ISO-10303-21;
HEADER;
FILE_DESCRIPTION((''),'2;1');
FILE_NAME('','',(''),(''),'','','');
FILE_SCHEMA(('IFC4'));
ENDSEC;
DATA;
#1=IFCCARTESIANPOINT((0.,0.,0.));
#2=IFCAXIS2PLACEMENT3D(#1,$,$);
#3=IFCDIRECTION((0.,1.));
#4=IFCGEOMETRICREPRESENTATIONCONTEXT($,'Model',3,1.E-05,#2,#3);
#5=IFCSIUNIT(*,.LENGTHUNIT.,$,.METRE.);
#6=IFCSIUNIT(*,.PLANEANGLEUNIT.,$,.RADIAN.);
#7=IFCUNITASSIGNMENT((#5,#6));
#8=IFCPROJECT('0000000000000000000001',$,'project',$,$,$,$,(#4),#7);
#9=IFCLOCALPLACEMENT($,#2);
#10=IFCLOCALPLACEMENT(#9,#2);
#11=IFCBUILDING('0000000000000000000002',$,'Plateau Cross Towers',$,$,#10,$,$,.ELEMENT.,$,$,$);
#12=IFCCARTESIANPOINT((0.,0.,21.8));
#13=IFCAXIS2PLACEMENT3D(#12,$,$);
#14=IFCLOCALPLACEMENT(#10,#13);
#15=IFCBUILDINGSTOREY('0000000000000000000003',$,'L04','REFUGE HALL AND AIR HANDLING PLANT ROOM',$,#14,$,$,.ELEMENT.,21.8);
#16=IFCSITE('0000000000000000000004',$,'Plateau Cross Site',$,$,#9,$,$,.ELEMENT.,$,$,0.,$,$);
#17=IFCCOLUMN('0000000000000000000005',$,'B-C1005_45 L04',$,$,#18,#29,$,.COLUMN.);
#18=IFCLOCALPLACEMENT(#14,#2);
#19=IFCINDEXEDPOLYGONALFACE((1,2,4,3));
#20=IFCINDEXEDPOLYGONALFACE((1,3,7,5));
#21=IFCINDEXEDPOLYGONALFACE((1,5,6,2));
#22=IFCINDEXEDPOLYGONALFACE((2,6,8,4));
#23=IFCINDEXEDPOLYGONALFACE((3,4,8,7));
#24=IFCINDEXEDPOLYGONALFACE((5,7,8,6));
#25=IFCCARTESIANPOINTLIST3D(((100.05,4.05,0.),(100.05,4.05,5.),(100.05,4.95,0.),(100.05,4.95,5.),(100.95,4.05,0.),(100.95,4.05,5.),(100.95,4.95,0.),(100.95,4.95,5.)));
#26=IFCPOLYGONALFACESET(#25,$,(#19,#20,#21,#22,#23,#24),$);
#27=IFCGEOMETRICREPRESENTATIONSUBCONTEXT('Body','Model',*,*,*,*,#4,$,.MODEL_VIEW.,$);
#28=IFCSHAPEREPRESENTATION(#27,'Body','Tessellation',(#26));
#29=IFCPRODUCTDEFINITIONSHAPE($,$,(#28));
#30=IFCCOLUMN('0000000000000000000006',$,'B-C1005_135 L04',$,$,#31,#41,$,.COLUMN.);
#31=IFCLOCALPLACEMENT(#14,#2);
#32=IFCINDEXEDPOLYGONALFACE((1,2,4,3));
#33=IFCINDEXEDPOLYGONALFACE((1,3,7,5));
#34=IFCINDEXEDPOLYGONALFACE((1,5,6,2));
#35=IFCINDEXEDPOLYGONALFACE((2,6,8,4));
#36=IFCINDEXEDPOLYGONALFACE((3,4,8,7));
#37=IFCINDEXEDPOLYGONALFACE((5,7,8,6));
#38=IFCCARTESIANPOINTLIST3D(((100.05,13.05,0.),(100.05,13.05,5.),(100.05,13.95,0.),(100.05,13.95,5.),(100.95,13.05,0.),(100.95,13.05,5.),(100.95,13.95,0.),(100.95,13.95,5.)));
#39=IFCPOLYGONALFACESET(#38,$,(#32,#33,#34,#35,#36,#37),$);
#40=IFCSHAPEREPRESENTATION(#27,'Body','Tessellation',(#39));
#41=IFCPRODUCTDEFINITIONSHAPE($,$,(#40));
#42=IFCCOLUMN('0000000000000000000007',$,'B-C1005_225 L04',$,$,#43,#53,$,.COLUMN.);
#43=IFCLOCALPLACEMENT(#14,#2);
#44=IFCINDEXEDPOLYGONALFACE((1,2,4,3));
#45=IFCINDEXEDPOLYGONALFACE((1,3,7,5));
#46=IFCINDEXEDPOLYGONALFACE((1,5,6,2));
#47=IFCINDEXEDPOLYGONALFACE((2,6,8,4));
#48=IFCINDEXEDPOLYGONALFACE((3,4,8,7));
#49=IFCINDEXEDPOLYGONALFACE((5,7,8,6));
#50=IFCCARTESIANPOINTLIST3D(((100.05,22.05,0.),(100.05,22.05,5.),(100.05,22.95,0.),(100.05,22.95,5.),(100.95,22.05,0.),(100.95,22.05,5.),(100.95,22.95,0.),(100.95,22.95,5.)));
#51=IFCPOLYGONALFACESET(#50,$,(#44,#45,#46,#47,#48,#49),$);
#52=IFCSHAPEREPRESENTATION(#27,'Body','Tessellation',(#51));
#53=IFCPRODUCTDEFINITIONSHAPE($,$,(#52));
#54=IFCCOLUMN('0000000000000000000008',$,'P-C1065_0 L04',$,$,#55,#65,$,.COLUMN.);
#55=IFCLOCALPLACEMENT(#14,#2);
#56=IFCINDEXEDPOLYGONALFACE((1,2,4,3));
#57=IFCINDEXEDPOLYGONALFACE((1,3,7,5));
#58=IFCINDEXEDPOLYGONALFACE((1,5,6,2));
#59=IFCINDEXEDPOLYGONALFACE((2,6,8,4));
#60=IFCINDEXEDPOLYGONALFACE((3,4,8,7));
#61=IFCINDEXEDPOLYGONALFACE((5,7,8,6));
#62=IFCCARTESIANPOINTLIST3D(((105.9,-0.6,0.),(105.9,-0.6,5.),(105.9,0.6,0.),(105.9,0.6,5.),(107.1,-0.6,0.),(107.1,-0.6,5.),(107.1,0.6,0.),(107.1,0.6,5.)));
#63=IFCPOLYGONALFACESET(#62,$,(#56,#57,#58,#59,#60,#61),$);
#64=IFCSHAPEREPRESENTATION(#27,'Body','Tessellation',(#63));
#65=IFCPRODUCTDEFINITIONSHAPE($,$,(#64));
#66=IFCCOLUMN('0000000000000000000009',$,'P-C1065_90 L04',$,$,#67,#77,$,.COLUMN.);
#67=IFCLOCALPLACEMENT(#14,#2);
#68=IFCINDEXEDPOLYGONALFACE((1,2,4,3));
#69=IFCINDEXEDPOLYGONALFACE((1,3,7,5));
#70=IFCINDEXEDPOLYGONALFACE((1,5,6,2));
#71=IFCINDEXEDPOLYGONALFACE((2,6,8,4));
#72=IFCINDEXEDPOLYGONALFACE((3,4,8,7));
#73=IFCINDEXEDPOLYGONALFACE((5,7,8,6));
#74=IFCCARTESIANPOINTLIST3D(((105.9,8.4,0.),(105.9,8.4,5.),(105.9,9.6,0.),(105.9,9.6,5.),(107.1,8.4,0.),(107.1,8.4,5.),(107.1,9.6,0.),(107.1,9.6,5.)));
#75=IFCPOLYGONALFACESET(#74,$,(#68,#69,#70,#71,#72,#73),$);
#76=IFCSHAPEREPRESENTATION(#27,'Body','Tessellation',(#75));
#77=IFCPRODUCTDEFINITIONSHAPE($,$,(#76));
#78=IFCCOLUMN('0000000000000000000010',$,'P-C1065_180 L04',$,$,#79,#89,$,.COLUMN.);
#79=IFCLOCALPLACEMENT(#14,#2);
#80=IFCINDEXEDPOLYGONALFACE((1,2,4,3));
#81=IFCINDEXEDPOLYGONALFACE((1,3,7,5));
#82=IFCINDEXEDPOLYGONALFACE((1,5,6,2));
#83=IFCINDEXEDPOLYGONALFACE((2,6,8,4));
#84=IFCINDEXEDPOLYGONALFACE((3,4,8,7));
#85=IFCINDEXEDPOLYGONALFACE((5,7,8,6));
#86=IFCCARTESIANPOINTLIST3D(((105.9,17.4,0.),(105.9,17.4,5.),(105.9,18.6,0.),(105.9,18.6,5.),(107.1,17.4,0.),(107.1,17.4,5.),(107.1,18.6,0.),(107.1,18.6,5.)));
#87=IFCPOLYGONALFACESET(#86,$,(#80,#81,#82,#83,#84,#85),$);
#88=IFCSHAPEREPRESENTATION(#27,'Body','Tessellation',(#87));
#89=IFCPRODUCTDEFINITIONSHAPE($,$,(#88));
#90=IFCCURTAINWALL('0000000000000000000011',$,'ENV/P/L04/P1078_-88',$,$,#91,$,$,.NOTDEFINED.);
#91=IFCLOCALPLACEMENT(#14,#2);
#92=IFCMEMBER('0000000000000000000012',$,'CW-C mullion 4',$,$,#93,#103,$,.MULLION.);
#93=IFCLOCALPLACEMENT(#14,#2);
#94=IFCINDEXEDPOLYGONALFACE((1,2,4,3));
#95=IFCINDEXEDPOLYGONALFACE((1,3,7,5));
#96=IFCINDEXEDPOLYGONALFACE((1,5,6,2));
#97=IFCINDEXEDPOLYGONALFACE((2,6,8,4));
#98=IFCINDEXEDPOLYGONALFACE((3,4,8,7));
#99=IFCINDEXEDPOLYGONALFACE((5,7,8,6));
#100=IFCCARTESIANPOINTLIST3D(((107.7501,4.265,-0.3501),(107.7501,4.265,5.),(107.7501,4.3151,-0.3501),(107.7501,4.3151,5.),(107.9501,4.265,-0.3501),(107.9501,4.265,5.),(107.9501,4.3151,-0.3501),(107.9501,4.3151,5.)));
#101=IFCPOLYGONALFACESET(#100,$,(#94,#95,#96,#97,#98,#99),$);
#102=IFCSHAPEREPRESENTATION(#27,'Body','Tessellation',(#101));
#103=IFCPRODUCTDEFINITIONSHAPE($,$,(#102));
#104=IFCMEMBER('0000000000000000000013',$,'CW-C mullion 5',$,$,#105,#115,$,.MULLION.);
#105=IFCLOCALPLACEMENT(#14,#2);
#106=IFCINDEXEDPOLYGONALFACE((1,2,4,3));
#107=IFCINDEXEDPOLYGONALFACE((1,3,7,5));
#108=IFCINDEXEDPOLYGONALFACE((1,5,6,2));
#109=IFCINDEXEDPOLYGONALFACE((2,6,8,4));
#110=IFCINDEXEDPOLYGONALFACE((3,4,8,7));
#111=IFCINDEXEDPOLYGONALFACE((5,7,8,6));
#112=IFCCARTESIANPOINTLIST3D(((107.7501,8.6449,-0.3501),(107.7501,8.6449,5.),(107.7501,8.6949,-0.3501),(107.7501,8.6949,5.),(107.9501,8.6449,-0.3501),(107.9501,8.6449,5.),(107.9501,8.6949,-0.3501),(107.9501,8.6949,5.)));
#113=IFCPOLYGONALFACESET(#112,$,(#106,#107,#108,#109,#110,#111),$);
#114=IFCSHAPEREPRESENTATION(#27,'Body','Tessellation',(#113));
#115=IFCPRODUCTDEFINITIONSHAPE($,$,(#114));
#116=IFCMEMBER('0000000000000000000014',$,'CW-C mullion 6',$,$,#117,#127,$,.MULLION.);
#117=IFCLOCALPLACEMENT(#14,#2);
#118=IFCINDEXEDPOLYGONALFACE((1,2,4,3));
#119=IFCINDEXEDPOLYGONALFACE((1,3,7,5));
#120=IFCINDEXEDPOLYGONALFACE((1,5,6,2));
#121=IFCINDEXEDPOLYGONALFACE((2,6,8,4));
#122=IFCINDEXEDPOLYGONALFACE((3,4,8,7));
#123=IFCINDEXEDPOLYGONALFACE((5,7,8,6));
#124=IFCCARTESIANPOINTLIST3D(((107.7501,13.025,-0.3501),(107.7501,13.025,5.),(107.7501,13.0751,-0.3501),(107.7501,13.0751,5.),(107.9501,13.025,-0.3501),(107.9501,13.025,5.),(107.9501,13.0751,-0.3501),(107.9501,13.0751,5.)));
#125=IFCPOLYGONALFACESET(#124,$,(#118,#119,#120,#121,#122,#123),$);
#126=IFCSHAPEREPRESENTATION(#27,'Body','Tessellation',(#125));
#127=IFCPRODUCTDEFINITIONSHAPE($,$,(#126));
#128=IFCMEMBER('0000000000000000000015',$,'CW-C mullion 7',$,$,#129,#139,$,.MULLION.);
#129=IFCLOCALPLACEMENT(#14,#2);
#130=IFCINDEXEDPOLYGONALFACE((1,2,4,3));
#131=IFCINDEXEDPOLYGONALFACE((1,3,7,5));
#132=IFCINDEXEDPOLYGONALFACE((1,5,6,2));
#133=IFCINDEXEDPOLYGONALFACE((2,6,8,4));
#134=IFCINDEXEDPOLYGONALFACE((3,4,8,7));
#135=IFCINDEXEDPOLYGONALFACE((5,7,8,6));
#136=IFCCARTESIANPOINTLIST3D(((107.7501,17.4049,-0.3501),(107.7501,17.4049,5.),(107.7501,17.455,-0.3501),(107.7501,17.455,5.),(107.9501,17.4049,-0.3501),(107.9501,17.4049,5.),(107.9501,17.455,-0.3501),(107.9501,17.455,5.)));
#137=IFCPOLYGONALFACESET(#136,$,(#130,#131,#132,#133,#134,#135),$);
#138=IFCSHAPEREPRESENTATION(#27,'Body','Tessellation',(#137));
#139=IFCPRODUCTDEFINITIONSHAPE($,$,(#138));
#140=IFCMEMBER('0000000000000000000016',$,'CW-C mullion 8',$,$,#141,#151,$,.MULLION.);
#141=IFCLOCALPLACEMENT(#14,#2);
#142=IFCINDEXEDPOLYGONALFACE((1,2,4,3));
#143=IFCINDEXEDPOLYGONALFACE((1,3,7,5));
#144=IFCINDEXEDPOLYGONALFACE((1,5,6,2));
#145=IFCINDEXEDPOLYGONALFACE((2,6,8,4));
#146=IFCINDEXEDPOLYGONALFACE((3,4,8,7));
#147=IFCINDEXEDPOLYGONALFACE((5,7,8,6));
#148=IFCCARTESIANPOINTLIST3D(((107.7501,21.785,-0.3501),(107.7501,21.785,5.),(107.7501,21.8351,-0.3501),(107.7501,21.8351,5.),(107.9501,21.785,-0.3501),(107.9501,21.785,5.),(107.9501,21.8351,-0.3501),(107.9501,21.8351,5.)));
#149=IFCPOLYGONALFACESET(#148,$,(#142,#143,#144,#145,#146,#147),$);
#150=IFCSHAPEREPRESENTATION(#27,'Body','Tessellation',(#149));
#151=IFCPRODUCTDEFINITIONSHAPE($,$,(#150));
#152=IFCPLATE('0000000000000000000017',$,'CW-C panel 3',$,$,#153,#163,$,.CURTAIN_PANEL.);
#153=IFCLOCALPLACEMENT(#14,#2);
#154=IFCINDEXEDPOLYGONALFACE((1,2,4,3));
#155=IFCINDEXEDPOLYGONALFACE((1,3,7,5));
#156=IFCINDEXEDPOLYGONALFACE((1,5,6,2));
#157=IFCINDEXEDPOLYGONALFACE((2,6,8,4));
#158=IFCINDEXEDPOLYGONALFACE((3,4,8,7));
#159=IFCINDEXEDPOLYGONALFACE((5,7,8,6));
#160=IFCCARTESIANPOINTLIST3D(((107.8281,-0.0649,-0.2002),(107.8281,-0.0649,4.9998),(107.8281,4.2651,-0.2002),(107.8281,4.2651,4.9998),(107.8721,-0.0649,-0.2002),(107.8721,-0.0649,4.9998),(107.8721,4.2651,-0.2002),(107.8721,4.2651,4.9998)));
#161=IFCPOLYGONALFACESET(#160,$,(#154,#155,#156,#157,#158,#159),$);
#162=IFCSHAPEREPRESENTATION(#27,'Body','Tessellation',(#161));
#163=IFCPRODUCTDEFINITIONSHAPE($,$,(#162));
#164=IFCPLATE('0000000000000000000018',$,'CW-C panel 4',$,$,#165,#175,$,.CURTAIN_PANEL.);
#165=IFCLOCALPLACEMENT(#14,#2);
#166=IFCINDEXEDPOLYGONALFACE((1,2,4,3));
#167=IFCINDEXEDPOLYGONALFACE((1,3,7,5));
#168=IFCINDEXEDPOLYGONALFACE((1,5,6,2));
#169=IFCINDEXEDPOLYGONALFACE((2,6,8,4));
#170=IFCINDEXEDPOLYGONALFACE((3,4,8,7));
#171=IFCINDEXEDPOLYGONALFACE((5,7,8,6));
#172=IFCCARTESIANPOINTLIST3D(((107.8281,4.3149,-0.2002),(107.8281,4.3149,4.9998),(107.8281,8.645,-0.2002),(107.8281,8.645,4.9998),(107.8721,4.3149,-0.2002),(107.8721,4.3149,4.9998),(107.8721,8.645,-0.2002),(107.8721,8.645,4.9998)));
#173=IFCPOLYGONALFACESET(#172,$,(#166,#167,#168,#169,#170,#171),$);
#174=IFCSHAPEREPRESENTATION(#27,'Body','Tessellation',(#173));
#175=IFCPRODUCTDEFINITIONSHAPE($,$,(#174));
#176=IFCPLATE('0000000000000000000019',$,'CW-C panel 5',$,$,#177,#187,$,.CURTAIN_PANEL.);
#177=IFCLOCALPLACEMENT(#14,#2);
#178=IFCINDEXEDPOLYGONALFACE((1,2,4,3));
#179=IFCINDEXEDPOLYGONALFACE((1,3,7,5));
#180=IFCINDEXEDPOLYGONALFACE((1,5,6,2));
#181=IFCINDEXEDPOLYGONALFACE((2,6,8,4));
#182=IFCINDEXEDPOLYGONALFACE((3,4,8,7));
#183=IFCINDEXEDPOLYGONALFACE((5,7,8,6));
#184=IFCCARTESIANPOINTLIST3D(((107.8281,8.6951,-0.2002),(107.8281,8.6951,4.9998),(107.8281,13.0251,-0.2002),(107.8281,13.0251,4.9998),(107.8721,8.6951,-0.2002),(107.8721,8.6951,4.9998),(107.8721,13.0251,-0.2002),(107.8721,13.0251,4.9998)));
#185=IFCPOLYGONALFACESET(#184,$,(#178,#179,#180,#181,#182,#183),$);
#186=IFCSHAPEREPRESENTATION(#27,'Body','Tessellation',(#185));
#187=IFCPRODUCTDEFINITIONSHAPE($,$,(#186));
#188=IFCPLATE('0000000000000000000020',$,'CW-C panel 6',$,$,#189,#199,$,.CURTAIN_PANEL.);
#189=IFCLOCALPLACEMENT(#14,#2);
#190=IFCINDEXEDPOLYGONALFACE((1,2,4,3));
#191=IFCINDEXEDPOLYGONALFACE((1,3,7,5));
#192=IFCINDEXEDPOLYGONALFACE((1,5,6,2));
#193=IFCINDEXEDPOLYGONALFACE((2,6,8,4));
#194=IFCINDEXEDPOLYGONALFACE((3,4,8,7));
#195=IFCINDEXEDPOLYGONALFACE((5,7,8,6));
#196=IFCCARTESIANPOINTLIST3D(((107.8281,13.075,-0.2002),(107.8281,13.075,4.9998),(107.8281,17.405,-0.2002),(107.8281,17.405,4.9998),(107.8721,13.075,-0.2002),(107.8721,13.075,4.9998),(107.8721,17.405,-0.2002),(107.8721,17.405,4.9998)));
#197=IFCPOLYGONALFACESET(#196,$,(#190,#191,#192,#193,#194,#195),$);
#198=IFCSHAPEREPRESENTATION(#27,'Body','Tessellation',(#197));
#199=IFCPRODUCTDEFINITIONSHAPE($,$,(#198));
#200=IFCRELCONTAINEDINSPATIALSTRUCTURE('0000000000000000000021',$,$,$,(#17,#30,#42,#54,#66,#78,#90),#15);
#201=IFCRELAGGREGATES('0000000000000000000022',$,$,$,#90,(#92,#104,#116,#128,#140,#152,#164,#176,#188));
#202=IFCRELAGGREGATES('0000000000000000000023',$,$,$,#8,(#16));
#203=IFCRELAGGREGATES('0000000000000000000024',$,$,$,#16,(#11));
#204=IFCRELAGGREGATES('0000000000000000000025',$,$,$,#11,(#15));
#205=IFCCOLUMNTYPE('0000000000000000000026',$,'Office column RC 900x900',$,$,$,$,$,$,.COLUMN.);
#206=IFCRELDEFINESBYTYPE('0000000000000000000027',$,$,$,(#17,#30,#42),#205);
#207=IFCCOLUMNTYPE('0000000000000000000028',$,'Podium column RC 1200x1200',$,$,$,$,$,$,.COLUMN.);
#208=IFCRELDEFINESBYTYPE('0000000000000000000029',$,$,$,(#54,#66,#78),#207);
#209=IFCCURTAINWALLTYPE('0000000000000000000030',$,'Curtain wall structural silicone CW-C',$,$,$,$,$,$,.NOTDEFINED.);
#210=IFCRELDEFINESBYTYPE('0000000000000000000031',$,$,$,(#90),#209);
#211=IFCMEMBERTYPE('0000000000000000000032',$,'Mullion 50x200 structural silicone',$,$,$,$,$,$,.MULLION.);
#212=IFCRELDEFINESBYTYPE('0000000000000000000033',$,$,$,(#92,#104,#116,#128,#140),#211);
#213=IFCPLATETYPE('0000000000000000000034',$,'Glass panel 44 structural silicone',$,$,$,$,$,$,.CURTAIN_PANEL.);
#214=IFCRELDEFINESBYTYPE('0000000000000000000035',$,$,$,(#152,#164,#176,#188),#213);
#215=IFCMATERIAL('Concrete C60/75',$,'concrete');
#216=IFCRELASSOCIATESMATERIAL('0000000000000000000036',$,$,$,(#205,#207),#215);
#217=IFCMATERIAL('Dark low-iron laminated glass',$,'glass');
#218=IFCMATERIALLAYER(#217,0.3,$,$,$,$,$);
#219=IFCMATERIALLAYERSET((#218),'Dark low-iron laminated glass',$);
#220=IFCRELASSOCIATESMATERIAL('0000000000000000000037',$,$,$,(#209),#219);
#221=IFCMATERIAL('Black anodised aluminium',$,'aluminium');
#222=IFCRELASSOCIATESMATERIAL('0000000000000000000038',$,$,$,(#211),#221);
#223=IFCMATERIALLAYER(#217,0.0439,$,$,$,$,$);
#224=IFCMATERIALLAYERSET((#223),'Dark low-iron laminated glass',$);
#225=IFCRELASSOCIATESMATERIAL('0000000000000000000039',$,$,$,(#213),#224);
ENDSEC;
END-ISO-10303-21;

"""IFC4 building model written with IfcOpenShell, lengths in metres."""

from ifc_helpers import new_model, si_unit, direction, frame, origin, origin_2d, place, context, subcontext, project, spatial, rectangle, extrude, material, layer, layer_set, material_profile, profile_set, type_object, element, aggregate, save


model = new_model("IFC4")

# Units and contexts
model_context = context("Model", 3, precision=1e-05, world=origin(), true_north=direction((0.0, 1.0)))
body_context = subcontext(model_context, "Body", "Model", "MODEL_VIEW")
ifc_project = project(units=[si_unit("LENGTHUNIT", "METRE"), si_unit("PLANEANGLEUNIT", "RADIAN")], contexts=[model_context])

# Site, building, storey
site_placement = place(None, origin())
site = spatial("IfcSite", under=ifc_project, at=site_placement, Name="Plateau Cross Site", CompositionType="ELEMENT", RefElevation=0.0)
building_placement = place(site_placement, origin())
building = spatial("IfcBuilding", under=site, at=building_placement, Name="Plateau Cross Towers", CompositionType="ELEMENT")
storey_placement = place(building_placement, frame((0.0, 0.0, 21.8)))
storey = spatial("IfcBuildingStorey", under=building, at=storey_placement, Name="L04", Description="REFUGE HALL AND AIR HANDLING PLANT ROOM", CompositionType="ELEMENT", Elevation=21.8)

# Columns
ifc_material_1 = material(Name="Concrete C60/75", Category="concrete")
ifc_material_profile_1 = material_profile(ifc_material_1, rectangle(XDim=0.8999, YDim=0.8999, at=origin_2d()), Name="RC 900x900")
ifc_profile_set_1 = profile_set([ifc_material_profile_1], Name="Concrete C60/75")
column_type_1 = type_object("IfcColumnType", Name="Office column RC 900x900", PredefinedType="COLUMN", material=ifc_profile_set_1)
for number, where, z_axis, x_axis, name in (
    (1, (100.5, 4.5, 0.0), (0.0, 0.0, 1.0), (1.0, 0.0, 0.0), "B-C1005_45 L04"),
    (2, (100.5, 13.5, 0.0), (0.0, 0.0, 1.0), (1.0, 0.0, 0.0), "B-C1005_135 L04"),
    (3, (100.5, 22.5, 0.0), (0.0, 0.0, 1.0), (1.0, 0.0, 0.0), "B-C1005_225 L04"),
):
    element("IfcColumn", number, at=place(storey_placement, frame(where, z_axis=z_axis, x_axis=x_axis)), inside=storey, type_object=column_type_1, Name=name, PredefinedType="COLUMN", context=body_context, shape_type="SweptSolid", body=[
        extrude(rectangle(XDim=0.8999, YDim=0.8999, at=origin_2d()), origin(), (0.0, 0.0, 1.0), 5.0),
    ])
ifc_material_profile_2 = material_profile(ifc_material_1, rectangle(XDim=1.2, YDim=1.2, at=origin_2d()), Name="RC 1200x1200")
ifc_profile_set_2 = profile_set([ifc_material_profile_2], Name="Concrete C60/75")
column_type_2 = type_object("IfcColumnType", Name="Podium column RC 1200x1200", PredefinedType="COLUMN", material=ifc_profile_set_2)
for number, where, z_axis, x_axis, name in (
    (4, (106.5, 0.0, 0.0), (0.0, 0.0, 1.0), (1.0, 0.0, 0.0), "P-C1065_0 L04"),
    (5, (106.5, 9.0, 0.0), (0.0, 0.0, 1.0), (1.0, 0.0, 0.0), "P-C1065_90 L04"),
    (6, (106.5, 18.0, 0.0), (0.0, 0.0, 1.0), (1.0, 0.0, 0.0), "P-C1065_180 L04"),
):
    element("IfcColumn", number, at=place(storey_placement, frame(where, z_axis=z_axis, x_axis=x_axis)), inside=storey, type_object=column_type_2, Name=name, PredefinedType="COLUMN", context=body_context, shape_type="SweptSolid", body=[
        extrude(rectangle(XDim=1.2, YDim=1.2, at=origin_2d()), origin(), (0.0, 0.0, 1.0), 5.0),
    ])

# Curtain wall, members, plates
ifc_material_2 = material(Name="Dark low-iron laminated glass", Category="glass")
ifc_layer_1 = layer(ifc_material_2, 0.3)
ifc_layer_set_1 = layer_set([ifc_layer_1], Name="Dark low-iron laminated glass")
curtain_wall_type = type_object("IfcCurtainWallType", Name="Curtain wall structural silicone CW-C", PredefinedType="NOTDEFINED", material=ifc_layer_set_1)
curtain_wall_placement = place(storey_placement, origin())
curtain_wall = element("IfcCurtainWall", 7, at=curtain_wall_placement, inside=storey, type_object=curtain_wall_type, Name="ENV/P/L04/P1078_-88", PredefinedType="NOTDEFINED")
ifc_material_3 = material(Name="Black anodised aluminium", Category="aluminium")
ifc_material_profile_3 = material_profile(ifc_material_3, rectangle(XDim=0.05, YDim=0.2, at=origin_2d()), Name="MULLION 50x200")
ifc_profile_set_3 = profile_set([ifc_material_profile_3], Name="Black anodised aluminium")
member_type = type_object("IfcMemberType", Name="Mullion 50x200 structural silicone", PredefinedType="MULLION", material=ifc_profile_set_3)
member_1_placement = place(storey_placement, frame((107.8501, 4.29, -0.3501), z_axis=(0.0, 0.0, 1.0), x_axis=(0.0, 1.0, 0.0)))
member_1 = element("IfcMember", 8, at=member_1_placement, type_object=member_type, Name="CW-C mullion 4", PredefinedType="MULLION", context=body_context, shape_type="SweptSolid", body=[
    extrude(rectangle(XDim=0.05, YDim=0.2, at=origin_2d()), origin(), (0.0, 0.0, 1.0), 5.3501),
])
member_2_placement = place(storey_placement, frame((107.8501, 8.6699, -0.3501), z_axis=(0.0, 0.0, 1.0), x_axis=(0.0, 1.0, 0.0)))
member_2 = element("IfcMember", 9, at=member_2_placement, type_object=member_type, Name="CW-C mullion 5", PredefinedType="MULLION", context=body_context, shape_type="SweptSolid", body=[
    extrude(rectangle(XDim=0.05, YDim=0.2, at=origin_2d()), origin(), (0.0, 0.0, 1.0), 5.3501),
])
member_3_placement = place(storey_placement, frame((107.8501, 13.05, -0.3501), z_axis=(0.0, 0.0, 1.0), x_axis=(0.0, 1.0, 0.0)))
member_3 = element("IfcMember", 10, at=member_3_placement, type_object=member_type, Name="CW-C mullion 6", PredefinedType="MULLION", context=body_context, shape_type="SweptSolid", body=[
    extrude(rectangle(XDim=0.05, YDim=0.2, at=origin_2d()), origin(), (0.0, 0.0, 1.0), 5.3501),
])
member_4_placement = place(storey_placement, frame((107.8501, 17.4299, -0.3501), z_axis=(0.0, 0.0, 1.0), x_axis=(0.0, 1.0, 0.0)))
member_4 = element("IfcMember", 11, at=member_4_placement, type_object=member_type, Name="CW-C mullion 7", PredefinedType="MULLION", context=body_context, shape_type="SweptSolid", body=[
    extrude(rectangle(XDim=0.05, YDim=0.2, at=origin_2d()), origin(), (0.0, 0.0, 1.0), 5.3501),
])
member_5_placement = place(storey_placement, frame((107.8501, 21.8101, -0.3501), z_axis=(0.0, 0.0, 1.0), x_axis=(0.0, 1.0, 0.0)))
member_5 = element("IfcMember", 12, at=member_5_placement, type_object=member_type, Name="CW-C mullion 8", PredefinedType="MULLION", context=body_context, shape_type="SweptSolid", body=[
    extrude(rectangle(XDim=0.05, YDim=0.2, at=origin_2d()), origin(), (0.0, 0.0, 1.0), 5.3501),
])
ifc_layer_2 = layer(ifc_material_2, 0.0439)
ifc_layer_set_2 = layer_set([ifc_layer_2], Name="Dark low-iron laminated glass")
plate_type = type_object("IfcPlateType", Name="Glass panel 44 structural silicone", PredefinedType="CURTAIN_PANEL", material=ifc_layer_set_2)
plate_1_placement = place(storey_placement, frame((107.8501, 2.1001, -0.2002), z_axis=(0.0, 0.0, 1.0), x_axis=(0.0, 1.0, 0.0)))
plate_1 = element("IfcPlate", 13, at=plate_1_placement, type_object=plate_type, Name="CW-C panel 3", PredefinedType="CURTAIN_PANEL", context=body_context, shape_type="SweptSolid", body=[
    extrude(rectangle(XDim=4.3301, YDim=0.0439, at=origin_2d()), origin(), (0.0, 0.0, 1.0), 5.2),
])
plate_2_placement = place(storey_placement, frame((107.8501, 6.48, -0.2002), z_axis=(0.0, 0.0, 1.0), x_axis=(0.0, 1.0, 0.0)))
plate_2 = element("IfcPlate", 14, at=plate_2_placement, type_object=plate_type, Name="CW-C panel 4", PredefinedType="CURTAIN_PANEL", context=body_context, shape_type="SweptSolid", body=[
    extrude(rectangle(XDim=4.3301, YDim=0.0439, at=origin_2d()), origin(), (0.0, 0.0, 1.0), 5.2),
])
plate_3_placement = place(storey_placement, frame((107.8501, 10.8601, -0.2002), z_axis=(0.0, 0.0, 1.0), x_axis=(0.0, 1.0, 0.0)))
plate_3 = element("IfcPlate", 15, at=plate_3_placement, type_object=plate_type, Name="CW-C panel 5", PredefinedType="CURTAIN_PANEL", context=body_context, shape_type="SweptSolid", body=[
    extrude(rectangle(XDim=4.3301, YDim=0.0439, at=origin_2d()), origin(), (0.0, 0.0, 1.0), 5.2),
])
plate_4_placement = place(storey_placement, frame((107.8501, 15.24, -0.2002), z_axis=(0.0, 0.0, 1.0), x_axis=(0.0, 1.0, 0.0)))
plate_4 = element("IfcPlate", 16, at=plate_4_placement, type_object=plate_type, Name="CW-C panel 6", PredefinedType="CURTAIN_PANEL", context=body_context, shape_type="SweptSolid", body=[
    extrude(rectangle(XDim=4.3301, YDim=0.0439, at=origin_2d()), origin(), (0.0, 0.0, 1.0), 5.2),
])
aggregate(curtain_wall, [member_1, member_2, member_3, member_4, member_5, plate_1, plate_2, plate_3, plate_4])

save(model, "model.ifc")
